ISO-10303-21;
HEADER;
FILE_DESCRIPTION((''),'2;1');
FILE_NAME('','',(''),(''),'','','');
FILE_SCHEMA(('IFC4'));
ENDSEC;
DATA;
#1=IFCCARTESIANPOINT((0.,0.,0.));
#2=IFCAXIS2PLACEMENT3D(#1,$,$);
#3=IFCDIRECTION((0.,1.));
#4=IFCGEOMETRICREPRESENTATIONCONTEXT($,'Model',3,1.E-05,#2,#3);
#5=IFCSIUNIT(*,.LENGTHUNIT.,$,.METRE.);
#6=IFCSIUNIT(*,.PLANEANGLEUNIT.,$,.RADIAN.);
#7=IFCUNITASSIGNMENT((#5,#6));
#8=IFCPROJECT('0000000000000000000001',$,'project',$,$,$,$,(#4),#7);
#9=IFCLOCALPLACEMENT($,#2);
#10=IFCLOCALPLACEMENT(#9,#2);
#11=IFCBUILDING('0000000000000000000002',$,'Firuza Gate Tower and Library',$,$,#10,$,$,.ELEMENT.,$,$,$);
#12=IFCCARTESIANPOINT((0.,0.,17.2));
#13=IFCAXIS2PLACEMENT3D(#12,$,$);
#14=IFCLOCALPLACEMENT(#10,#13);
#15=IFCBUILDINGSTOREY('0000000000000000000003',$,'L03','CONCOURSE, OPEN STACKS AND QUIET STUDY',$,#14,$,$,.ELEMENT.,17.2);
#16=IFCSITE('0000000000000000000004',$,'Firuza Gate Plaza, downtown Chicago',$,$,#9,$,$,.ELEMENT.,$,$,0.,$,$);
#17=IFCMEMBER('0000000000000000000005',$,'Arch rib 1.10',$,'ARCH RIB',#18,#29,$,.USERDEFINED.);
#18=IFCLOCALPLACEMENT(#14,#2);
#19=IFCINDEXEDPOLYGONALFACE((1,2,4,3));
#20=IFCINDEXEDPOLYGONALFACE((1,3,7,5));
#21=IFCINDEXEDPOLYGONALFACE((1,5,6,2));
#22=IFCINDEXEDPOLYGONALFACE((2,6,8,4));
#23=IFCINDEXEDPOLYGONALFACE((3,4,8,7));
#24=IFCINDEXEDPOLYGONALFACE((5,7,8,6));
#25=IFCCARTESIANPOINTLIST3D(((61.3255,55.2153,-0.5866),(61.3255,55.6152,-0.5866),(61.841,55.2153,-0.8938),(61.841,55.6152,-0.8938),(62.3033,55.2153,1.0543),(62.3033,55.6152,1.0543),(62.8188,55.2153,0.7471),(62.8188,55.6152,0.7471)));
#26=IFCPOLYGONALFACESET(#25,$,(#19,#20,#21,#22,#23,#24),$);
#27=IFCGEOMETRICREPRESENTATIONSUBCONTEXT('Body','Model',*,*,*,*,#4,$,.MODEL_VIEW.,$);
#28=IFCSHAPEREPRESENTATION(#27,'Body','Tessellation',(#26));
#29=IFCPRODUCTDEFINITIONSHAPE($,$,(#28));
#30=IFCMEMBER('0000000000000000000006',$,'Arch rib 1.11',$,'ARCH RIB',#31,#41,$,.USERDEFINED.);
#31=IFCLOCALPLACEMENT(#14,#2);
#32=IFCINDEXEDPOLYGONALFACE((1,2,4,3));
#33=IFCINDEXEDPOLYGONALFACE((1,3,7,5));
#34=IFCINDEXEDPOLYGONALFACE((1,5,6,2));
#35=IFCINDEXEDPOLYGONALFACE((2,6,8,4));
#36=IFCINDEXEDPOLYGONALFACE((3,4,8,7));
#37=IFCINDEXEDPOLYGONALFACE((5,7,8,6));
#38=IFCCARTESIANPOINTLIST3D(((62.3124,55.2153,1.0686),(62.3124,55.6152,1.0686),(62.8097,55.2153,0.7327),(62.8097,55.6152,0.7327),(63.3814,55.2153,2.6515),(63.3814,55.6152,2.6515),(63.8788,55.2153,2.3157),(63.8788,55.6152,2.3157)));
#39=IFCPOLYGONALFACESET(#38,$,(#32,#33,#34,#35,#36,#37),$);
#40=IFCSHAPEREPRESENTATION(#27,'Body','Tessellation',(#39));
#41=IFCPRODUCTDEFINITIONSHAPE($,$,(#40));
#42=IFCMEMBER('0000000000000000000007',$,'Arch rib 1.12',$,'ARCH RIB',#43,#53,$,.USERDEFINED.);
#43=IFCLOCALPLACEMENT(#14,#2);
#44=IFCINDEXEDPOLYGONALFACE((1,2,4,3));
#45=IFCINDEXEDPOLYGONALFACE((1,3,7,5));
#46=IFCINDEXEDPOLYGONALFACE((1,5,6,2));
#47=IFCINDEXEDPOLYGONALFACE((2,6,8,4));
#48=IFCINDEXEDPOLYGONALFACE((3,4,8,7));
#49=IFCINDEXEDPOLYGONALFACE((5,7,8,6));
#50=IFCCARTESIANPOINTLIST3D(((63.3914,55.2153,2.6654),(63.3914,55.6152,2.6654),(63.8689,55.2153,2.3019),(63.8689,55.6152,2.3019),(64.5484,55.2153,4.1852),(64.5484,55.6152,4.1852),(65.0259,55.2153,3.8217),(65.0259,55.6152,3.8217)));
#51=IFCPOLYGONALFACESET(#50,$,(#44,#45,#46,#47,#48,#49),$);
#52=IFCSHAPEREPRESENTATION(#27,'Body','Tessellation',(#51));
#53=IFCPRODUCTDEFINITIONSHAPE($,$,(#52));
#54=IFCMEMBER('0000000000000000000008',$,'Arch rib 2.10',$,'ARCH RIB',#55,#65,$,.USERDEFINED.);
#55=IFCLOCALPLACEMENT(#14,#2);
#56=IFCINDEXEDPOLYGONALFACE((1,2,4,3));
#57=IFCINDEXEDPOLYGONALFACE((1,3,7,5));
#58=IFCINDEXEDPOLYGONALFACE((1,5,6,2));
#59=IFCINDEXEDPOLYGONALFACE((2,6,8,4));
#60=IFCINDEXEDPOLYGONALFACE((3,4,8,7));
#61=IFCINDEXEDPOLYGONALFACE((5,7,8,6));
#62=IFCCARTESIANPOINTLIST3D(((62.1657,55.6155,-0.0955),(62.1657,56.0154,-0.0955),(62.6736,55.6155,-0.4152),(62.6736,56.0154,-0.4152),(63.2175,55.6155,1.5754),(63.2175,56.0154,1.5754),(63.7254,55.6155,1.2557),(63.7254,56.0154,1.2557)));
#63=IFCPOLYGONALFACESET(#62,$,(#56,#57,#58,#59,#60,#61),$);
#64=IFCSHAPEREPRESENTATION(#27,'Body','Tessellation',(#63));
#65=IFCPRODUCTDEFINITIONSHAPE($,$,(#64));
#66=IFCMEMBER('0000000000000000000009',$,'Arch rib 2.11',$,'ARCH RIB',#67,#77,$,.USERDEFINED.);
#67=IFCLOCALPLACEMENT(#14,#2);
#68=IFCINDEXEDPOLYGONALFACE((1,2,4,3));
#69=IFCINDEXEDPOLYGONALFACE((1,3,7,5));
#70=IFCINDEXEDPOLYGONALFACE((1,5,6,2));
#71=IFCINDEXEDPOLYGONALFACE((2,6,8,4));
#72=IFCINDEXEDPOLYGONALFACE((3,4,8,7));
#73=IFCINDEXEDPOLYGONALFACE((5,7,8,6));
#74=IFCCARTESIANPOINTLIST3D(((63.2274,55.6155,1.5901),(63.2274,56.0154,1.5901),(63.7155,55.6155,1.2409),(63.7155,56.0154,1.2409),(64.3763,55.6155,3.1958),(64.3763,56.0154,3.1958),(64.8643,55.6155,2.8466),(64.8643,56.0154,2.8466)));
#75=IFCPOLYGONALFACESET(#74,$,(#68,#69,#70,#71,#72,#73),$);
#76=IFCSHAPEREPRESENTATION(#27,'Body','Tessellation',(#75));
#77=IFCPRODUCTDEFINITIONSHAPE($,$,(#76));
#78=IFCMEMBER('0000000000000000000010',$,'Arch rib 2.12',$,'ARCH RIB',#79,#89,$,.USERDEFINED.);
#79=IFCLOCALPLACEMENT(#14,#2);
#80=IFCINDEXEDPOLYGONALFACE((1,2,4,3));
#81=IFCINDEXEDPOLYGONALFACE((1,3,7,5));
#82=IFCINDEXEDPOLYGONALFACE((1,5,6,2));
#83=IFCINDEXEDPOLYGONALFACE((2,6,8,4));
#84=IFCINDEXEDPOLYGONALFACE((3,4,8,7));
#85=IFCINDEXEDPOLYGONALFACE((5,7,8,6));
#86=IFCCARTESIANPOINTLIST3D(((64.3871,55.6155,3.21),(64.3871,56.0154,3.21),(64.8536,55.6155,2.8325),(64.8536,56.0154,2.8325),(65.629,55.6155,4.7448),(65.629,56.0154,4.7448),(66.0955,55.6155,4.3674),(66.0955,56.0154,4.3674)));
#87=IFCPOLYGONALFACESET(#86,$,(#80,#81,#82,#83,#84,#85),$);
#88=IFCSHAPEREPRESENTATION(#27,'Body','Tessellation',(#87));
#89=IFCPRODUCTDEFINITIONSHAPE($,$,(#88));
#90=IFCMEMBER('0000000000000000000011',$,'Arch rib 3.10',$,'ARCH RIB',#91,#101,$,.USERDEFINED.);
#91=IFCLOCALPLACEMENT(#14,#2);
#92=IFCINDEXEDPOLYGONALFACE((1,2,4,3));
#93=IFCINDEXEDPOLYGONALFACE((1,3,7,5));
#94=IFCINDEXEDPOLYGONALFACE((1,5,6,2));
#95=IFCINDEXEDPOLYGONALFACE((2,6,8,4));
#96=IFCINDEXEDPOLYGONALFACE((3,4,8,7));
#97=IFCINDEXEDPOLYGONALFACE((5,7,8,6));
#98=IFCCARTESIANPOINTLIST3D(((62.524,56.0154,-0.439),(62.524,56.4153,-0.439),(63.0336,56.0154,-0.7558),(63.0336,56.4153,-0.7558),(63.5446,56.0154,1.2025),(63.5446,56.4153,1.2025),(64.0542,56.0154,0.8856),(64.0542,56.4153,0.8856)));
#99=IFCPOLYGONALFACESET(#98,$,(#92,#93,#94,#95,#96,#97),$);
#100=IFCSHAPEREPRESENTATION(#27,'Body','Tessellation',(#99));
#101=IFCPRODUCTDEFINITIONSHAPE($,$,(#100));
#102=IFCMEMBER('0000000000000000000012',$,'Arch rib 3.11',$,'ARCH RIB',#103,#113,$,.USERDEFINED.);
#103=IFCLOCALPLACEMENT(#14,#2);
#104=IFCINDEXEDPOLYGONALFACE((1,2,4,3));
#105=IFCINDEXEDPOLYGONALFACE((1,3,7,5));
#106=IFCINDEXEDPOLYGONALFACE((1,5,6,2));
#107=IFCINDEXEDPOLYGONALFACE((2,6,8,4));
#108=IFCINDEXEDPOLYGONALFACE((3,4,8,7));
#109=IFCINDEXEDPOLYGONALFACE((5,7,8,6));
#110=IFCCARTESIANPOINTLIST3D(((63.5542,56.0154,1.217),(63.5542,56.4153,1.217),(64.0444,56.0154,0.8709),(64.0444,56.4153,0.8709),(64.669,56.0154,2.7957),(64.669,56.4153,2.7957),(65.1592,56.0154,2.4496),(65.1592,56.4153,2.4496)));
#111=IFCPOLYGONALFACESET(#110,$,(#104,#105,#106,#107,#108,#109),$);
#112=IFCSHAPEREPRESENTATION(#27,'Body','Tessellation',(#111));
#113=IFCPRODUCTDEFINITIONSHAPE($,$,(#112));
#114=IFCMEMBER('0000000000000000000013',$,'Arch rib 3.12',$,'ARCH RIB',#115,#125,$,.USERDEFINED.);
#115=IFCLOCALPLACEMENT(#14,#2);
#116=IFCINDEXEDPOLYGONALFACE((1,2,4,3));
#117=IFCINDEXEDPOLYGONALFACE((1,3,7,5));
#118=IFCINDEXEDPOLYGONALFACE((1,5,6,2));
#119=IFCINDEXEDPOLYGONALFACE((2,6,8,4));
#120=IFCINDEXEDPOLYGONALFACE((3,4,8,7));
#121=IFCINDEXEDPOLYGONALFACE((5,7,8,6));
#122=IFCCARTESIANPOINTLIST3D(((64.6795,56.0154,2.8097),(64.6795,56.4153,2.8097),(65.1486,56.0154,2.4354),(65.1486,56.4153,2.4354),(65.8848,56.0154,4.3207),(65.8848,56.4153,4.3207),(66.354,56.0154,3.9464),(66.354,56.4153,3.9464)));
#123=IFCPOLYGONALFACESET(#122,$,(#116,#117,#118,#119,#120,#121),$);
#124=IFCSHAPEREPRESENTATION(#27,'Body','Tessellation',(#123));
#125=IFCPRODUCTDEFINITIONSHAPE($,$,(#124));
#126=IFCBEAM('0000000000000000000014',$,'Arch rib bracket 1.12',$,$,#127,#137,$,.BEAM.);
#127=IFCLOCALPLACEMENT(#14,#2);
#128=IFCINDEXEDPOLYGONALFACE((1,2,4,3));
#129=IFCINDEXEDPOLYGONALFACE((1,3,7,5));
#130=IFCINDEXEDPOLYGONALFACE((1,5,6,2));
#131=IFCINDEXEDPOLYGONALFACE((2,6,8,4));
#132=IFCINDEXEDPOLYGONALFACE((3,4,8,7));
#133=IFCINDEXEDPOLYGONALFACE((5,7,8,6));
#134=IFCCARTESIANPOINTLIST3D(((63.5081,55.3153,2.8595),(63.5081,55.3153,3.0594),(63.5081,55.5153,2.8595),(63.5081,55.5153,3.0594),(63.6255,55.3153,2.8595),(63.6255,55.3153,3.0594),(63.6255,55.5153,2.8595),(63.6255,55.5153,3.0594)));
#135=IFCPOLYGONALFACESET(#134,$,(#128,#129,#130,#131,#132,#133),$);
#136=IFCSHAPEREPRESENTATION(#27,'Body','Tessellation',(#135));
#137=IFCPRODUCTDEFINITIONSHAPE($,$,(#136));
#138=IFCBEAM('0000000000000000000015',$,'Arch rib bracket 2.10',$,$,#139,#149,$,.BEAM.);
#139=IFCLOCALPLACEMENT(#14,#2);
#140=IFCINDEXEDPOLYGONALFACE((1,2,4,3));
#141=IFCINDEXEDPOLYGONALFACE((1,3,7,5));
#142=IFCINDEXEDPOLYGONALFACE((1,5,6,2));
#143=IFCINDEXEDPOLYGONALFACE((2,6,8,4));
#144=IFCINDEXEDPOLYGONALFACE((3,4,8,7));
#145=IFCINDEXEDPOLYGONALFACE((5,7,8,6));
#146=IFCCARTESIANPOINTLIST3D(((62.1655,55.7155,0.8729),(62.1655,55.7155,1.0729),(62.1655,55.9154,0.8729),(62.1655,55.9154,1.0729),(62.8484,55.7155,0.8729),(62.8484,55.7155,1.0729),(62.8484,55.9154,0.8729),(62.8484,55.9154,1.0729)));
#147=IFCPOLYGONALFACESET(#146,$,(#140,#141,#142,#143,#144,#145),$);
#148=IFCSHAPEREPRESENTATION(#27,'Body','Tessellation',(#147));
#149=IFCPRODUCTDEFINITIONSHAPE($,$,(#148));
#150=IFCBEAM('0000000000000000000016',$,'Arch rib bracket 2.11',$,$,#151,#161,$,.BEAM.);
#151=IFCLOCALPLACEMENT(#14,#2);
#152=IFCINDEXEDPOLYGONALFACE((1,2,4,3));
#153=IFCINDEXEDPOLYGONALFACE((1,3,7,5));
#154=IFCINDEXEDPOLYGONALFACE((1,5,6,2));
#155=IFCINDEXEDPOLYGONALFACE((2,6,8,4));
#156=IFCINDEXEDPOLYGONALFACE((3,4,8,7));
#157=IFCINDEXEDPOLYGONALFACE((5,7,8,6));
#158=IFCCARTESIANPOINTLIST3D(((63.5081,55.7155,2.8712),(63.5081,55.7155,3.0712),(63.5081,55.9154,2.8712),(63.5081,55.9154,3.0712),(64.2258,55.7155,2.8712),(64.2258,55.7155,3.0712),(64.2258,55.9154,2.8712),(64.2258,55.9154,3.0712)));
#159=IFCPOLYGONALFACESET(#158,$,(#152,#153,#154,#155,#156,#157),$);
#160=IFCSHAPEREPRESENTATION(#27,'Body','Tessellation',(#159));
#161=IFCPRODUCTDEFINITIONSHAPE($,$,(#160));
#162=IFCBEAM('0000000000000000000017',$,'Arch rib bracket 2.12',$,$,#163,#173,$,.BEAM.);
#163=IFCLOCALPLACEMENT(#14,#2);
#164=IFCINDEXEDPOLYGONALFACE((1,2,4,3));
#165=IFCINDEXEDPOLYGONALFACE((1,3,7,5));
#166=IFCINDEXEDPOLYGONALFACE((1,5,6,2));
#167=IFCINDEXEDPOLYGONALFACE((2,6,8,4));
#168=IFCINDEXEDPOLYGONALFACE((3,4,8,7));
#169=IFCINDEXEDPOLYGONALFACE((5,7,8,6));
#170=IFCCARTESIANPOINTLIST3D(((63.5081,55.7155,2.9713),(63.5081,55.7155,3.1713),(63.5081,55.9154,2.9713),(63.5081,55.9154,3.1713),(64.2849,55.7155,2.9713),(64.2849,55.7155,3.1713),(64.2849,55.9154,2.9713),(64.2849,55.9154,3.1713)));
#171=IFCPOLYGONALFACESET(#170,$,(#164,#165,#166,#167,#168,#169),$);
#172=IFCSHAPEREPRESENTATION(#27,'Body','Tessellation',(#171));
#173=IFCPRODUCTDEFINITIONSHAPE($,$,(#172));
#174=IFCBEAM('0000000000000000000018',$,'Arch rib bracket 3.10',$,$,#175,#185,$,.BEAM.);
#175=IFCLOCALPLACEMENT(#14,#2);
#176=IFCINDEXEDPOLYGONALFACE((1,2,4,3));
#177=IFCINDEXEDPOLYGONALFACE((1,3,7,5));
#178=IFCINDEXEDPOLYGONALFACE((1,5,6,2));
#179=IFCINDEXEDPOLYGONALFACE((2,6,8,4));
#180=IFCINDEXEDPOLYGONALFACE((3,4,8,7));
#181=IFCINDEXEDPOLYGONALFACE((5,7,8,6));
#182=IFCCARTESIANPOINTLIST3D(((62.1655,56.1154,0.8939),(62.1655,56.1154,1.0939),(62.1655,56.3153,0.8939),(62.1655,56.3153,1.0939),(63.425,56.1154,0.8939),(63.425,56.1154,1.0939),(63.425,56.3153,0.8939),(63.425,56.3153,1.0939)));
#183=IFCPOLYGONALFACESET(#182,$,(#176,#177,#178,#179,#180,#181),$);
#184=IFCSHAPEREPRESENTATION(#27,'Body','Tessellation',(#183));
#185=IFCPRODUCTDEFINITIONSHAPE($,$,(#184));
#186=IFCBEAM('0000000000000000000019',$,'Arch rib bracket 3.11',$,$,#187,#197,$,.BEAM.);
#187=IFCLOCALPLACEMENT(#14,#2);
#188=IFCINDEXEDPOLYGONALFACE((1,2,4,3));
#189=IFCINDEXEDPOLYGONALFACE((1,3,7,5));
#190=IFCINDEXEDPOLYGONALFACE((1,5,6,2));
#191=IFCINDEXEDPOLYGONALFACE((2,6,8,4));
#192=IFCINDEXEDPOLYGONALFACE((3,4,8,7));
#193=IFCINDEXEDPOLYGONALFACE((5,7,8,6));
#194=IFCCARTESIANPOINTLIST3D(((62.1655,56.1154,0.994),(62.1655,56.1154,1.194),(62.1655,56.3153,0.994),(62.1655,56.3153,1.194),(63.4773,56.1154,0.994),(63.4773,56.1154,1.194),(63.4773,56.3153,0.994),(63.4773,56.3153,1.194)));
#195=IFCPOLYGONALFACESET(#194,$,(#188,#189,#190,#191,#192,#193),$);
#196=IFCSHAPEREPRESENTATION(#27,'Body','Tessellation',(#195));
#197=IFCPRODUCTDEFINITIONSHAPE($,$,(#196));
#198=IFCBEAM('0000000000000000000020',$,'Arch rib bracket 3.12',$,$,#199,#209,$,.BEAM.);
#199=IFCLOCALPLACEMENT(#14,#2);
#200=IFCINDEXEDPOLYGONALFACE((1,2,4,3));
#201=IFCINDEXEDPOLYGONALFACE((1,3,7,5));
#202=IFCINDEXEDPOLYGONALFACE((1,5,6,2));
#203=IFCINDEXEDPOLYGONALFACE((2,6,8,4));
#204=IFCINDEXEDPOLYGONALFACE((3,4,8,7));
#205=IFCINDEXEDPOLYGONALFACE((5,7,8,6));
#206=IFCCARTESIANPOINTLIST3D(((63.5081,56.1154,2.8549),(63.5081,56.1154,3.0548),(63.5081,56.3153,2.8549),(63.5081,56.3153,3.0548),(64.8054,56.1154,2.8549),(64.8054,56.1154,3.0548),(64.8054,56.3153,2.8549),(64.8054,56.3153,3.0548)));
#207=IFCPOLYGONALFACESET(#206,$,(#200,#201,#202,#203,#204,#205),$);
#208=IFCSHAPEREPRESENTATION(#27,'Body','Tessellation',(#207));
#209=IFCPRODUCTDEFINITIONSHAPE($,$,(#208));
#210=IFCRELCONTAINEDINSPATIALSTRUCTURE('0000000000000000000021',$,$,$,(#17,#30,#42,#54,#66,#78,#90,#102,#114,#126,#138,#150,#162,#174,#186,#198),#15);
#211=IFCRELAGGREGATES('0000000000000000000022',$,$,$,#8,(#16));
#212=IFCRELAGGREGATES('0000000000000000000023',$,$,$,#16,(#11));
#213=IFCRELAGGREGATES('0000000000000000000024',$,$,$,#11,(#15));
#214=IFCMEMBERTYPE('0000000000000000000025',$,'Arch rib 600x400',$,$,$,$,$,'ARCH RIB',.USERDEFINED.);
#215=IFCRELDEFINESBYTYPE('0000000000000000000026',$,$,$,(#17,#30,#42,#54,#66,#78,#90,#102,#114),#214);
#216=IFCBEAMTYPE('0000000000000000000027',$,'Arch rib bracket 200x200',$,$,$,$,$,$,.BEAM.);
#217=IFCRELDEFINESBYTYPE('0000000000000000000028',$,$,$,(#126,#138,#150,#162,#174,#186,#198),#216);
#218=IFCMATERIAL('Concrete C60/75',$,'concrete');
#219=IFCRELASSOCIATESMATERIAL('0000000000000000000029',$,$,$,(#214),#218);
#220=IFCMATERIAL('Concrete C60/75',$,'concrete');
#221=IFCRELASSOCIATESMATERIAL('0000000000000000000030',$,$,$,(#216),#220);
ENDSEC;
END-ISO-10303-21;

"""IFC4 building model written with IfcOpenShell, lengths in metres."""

from ifc_helpers import new_model, si_unit, direction, frame, origin, origin_2d, place, context, subcontext, project, spatial, rectangle, extrude, material, material_profile, profile_set, type_object, element, save


model = new_model("IFC4")

# Units and contexts
model_context = context("Model", 3, precision=1e-05, world=origin(), true_north=direction((0.0, 1.0)))
body_context = subcontext(model_context, "Body", "Model", "MODEL_VIEW")
ifc_project = project(units=[si_unit("LENGTHUNIT", "METRE"), si_unit("PLANEANGLEUNIT", "RADIAN")], contexts=[model_context])

# Site, building, storey
site_placement = place(None, origin())
site = spatial("IfcSite", under=ifc_project, at=site_placement, Name="Firuza Gate Plaza, downtown Chicago", CompositionType="ELEMENT", RefElevation=0.0)
building_placement = place(site_placement, origin())
building = spatial("IfcBuilding", under=site, at=building_placement, Name="Firuza Gate Tower and Library", CompositionType="ELEMENT")
storey_placement = place(building_placement, frame((0.0, 0.0, 17.2)))
storey = spatial("IfcBuildingStorey", under=building, at=storey_placement, Name="L03", Description="CONCOURSE, OPEN STACKS AND QUIET STUDY", CompositionType="ELEMENT", Elevation=17.2)

# Members
ifc_material_1 = material(Name="Concrete C60/75", Category="concrete")
ifc_material_profile_1 = material_profile(ifc_material_1, rectangle(XDim=0.3999, YDim=0.6001, at=origin_2d()))
ifc_profile_set_1 = profile_set([ifc_material_profile_1], Name="Concrete C60/75")
member_type = type_object("IfcMemberType", Name="Arch rib 600x400", ElementType="ARCH RIB", PredefinedType="USERDEFINED", material=ifc_profile_set_1)
for number, where, z_axis, x_axis, name in (
    (1, (61.5833, 55.4153, -0.7402), (0.5119, 0.0, 0.859045), (0.0, 1.0, 0.0), "Arch rib 1.10"),
    (2, (62.561, 55.4153, 0.9006), (0.559675, 0.0, 0.828712), (0.0, 1.0, 0.0), "Arch rib 1.11"),
    (3, (63.6301, 55.4153, 2.4836), (0.605731, 0.0, 0.795669), (0.0, 1.0, 0.0), "Arch rib 1.12"),
):
    element("IfcMember", number, at=place(storey_placement, frame(where, z_axis=z_axis, x_axis=x_axis)), inside=storey, type_object=member_type, Name=name, ObjectType="ARCH RIB", PredefinedType="USERDEFINED", context=body_context, shape_type="SweptSolid", body=[
        extrude(rectangle(XDim=0.3999, YDim=0.6001, at=origin_2d()), origin(), (0.0, 0.0, 1.0), 1.9102),
    ])
for number, where, z_axis, x_axis, name in (
    (4, (62.4197, 55.8154, -0.2554), (0.532708, 0.0, 0.846299), (0.0, 1.0, 0.0), "Arch rib 2.10"),
    (5, (63.4714, 55.8154, 1.4155), (0.581905, 0.0, 0.813257), (0.0, 1.0, 0.0), "Arch rib 2.11"),
    (6, (64.6204, 55.8154, 3.0212), (0.629013, 0.0, 0.777395), (0.0, 1.0, 0.0), "Arch rib 2.12"),
):
    element("IfcMember", number, at=place(storey_placement, frame(where, z_axis=z_axis, x_axis=x_axis)), inside=storey, type_object=member_type, Name=name, ObjectType="ARCH RIB", PredefinedType="USERDEFINED", context=body_context, shape_type="SweptSolid", body=[
        extrude(rectangle(XDim=0.3999, YDim=0.6001, at=origin_2d()), origin(), (0.0, 0.0, 1.0), 1.9744),
    ])
member_1_placement = place(storey_placement, frame((62.7788, 56.2153, -0.5974), z_axis=(0.52801, 0.0, 0.849238), x_axis=(0.0, 1.0, 0.0)))
element("IfcMember", 7, at=member_1_placement, inside=storey, type_object=member_type, Name="Arch rib 3.10", ObjectType="ARCH RIB", PredefinedType="USERDEFINED", context=body_context, shape_type="SweptSolid", body=[
    extrude(rectangle(XDim=0.3999, YDim=0.6001, at=origin_2d()), origin(), (0.0, 0.0, 1.0), 1.9329),
])
member_2_placement = place(storey_placement, frame((63.7993, 56.2153, 1.0439), z_axis=(0.576832, 0.0, 0.816863), x_axis=(0.0, 1.0, 0.0)))
element("IfcMember", 8, at=member_2_placement, inside=storey, type_object=member_type, Name="Arch rib 3.11", ObjectType="ARCH RIB", PredefinedType="USERDEFINED", context=body_context, shape_type="SweptSolid", body=[
    extrude(rectangle(XDim=0.3999, YDim=0.6001, at=origin_2d()), origin(), (0.0, 0.0, 1.0), 1.9326),
])
member_3_placement = place(storey_placement, frame((64.9141, 56.2153, 2.6226), z_axis=(0.623601, 0.0, 0.781743), x_axis=(0.0, 1.0, 0.0)))
element("IfcMember", 9, at=member_3_placement, inside=storey, type_object=member_type, Name="Arch rib 3.12", ObjectType="ARCH RIB", PredefinedType="USERDEFINED", context=body_context, shape_type="SweptSolid", body=[
    extrude(rectangle(XDim=0.3999, YDim=0.6001, at=origin_2d()), origin(), (0.0, 0.0, 1.0), 1.9329),
])

# Beams
ifc_material_2 = material(Name="Concrete C60/75", Category="concrete")
ifc_material_profile_2 = material_profile(ifc_material_2, rectangle(XDim=0.2, YDim=0.2, at=origin_2d()))
ifc_profile_set_2 = profile_set([ifc_material_profile_2], Name="Concrete C60/75")
beam_type = type_object("IfcBeamType", Name="Arch rib bracket 200x200", PredefinedType="BEAM", material=ifc_profile_set_2)
beam_1_placement = place(storey_placement, frame((63.5081, 55.4153, 2.9595), z_axis=(1.0, 0.0, 0.0), x_axis=(0.0, 1.0, 0.0)))
element("IfcBeam", 10, at=beam_1_placement, inside=storey, type_object=beam_type, Name="Arch rib bracket 1.12", PredefinedType="BEAM", context=body_context, shape_type="SweptSolid", body=[
    extrude(rectangle(XDim=0.2, YDim=0.2, at=origin_2d()), origin(), (0.0, 0.0, 1.0), 0.1174),
])
beam_2_placement = place(storey_placement, frame((62.1655, 55.8154, 0.9729), z_axis=(1.0, 0.0, 0.0), x_axis=(0.0, 1.0, 0.0)))
element("IfcBeam", 11, at=beam_2_placement, inside=storey, type_object=beam_type, Name="Arch rib bracket 2.10", PredefinedType="BEAM", context=body_context, shape_type="SweptSolid", body=[
    extrude(rectangle(XDim=0.2, YDim=0.2, at=origin_2d()), origin(), (0.0, 0.0, 1.0), 0.6829),
])
beam_3_placement = place(storey_placement, frame((63.5081, 55.8154, 2.9712), z_axis=(1.0, 0.0, 0.0), x_axis=(0.0, 1.0, 0.0)))
element("IfcBeam", 12, at=beam_3_placement, inside=storey, type_object=beam_type, Name="Arch rib bracket 2.11", PredefinedType="BEAM", context=body_context, shape_type="SweptSolid", body=[
    extrude(rectangle(XDim=0.2, YDim=0.2, at=origin_2d()), origin(), (0.0, 0.0, 1.0), 0.7178),
])
beam_4_placement = place(storey_placement, frame((63.5081, 55.8154, 3.0713), z_axis=(1.0, 0.0, 0.0), x_axis=(0.0, 1.0, 0.0)))
element("IfcBeam", 13, at=beam_4_placement, inside=storey, type_object=beam_type, Name="Arch rib bracket 2.12", PredefinedType="BEAM", context=body_context, shape_type="SweptSolid", body=[
    extrude(rectangle(XDim=0.2, YDim=0.2, at=origin_2d()), origin(), (0.0, 0.0, 1.0), 0.7769),
])
beam_5_placement = place(storey_placement, frame((62.1655, 56.2153, 0.9939), z_axis=(1.0, 0.0, 0.0), x_axis=(0.0, 1.0, 0.0)))
element("IfcBeam", 14, at=beam_5_placement, inside=storey, type_object=beam_type, Name="Arch rib bracket 3.10", PredefinedType="BEAM", context=body_context, shape_type="SweptSolid", body=[
    extrude(rectangle(XDim=0.2, YDim=0.2, at=origin_2d()), origin(), (0.0, 0.0, 1.0), 1.2595),
])
beam_6_placement = place(storey_placement, frame((62.1655, 56.2153, 1.094), z_axis=(1.0, 0.0, 0.0), x_axis=(0.0, 1.0, 0.0)))
element("IfcBeam", 15, at=beam_6_placement, inside=storey, type_object=beam_type, Name="Arch rib bracket 3.11", PredefinedType="BEAM", context=body_context, shape_type="SweptSolid", body=[
    extrude(rectangle(XDim=0.2, YDim=0.2, at=origin_2d()), origin(), (0.0, 0.0, 1.0), 1.3118),
])
beam_7_placement = place(storey_placement, frame((63.5081, 56.2153, 2.9548), z_axis=(1.0, 0.0, 0.0), x_axis=(0.0, 1.0, 0.0)))
element("IfcBeam", 16, at=beam_7_placement, inside=storey, type_object=beam_type, Name="Arch rib bracket 3.12", PredefinedType="BEAM", context=body_context, shape_type="SweptSolid", body=[
    extrude(rectangle(XDim=0.2, YDim=0.2, at=origin_2d()), origin(), (0.0, 0.0, 1.0), 1.2974),
])

save(model, "model.ifc")
